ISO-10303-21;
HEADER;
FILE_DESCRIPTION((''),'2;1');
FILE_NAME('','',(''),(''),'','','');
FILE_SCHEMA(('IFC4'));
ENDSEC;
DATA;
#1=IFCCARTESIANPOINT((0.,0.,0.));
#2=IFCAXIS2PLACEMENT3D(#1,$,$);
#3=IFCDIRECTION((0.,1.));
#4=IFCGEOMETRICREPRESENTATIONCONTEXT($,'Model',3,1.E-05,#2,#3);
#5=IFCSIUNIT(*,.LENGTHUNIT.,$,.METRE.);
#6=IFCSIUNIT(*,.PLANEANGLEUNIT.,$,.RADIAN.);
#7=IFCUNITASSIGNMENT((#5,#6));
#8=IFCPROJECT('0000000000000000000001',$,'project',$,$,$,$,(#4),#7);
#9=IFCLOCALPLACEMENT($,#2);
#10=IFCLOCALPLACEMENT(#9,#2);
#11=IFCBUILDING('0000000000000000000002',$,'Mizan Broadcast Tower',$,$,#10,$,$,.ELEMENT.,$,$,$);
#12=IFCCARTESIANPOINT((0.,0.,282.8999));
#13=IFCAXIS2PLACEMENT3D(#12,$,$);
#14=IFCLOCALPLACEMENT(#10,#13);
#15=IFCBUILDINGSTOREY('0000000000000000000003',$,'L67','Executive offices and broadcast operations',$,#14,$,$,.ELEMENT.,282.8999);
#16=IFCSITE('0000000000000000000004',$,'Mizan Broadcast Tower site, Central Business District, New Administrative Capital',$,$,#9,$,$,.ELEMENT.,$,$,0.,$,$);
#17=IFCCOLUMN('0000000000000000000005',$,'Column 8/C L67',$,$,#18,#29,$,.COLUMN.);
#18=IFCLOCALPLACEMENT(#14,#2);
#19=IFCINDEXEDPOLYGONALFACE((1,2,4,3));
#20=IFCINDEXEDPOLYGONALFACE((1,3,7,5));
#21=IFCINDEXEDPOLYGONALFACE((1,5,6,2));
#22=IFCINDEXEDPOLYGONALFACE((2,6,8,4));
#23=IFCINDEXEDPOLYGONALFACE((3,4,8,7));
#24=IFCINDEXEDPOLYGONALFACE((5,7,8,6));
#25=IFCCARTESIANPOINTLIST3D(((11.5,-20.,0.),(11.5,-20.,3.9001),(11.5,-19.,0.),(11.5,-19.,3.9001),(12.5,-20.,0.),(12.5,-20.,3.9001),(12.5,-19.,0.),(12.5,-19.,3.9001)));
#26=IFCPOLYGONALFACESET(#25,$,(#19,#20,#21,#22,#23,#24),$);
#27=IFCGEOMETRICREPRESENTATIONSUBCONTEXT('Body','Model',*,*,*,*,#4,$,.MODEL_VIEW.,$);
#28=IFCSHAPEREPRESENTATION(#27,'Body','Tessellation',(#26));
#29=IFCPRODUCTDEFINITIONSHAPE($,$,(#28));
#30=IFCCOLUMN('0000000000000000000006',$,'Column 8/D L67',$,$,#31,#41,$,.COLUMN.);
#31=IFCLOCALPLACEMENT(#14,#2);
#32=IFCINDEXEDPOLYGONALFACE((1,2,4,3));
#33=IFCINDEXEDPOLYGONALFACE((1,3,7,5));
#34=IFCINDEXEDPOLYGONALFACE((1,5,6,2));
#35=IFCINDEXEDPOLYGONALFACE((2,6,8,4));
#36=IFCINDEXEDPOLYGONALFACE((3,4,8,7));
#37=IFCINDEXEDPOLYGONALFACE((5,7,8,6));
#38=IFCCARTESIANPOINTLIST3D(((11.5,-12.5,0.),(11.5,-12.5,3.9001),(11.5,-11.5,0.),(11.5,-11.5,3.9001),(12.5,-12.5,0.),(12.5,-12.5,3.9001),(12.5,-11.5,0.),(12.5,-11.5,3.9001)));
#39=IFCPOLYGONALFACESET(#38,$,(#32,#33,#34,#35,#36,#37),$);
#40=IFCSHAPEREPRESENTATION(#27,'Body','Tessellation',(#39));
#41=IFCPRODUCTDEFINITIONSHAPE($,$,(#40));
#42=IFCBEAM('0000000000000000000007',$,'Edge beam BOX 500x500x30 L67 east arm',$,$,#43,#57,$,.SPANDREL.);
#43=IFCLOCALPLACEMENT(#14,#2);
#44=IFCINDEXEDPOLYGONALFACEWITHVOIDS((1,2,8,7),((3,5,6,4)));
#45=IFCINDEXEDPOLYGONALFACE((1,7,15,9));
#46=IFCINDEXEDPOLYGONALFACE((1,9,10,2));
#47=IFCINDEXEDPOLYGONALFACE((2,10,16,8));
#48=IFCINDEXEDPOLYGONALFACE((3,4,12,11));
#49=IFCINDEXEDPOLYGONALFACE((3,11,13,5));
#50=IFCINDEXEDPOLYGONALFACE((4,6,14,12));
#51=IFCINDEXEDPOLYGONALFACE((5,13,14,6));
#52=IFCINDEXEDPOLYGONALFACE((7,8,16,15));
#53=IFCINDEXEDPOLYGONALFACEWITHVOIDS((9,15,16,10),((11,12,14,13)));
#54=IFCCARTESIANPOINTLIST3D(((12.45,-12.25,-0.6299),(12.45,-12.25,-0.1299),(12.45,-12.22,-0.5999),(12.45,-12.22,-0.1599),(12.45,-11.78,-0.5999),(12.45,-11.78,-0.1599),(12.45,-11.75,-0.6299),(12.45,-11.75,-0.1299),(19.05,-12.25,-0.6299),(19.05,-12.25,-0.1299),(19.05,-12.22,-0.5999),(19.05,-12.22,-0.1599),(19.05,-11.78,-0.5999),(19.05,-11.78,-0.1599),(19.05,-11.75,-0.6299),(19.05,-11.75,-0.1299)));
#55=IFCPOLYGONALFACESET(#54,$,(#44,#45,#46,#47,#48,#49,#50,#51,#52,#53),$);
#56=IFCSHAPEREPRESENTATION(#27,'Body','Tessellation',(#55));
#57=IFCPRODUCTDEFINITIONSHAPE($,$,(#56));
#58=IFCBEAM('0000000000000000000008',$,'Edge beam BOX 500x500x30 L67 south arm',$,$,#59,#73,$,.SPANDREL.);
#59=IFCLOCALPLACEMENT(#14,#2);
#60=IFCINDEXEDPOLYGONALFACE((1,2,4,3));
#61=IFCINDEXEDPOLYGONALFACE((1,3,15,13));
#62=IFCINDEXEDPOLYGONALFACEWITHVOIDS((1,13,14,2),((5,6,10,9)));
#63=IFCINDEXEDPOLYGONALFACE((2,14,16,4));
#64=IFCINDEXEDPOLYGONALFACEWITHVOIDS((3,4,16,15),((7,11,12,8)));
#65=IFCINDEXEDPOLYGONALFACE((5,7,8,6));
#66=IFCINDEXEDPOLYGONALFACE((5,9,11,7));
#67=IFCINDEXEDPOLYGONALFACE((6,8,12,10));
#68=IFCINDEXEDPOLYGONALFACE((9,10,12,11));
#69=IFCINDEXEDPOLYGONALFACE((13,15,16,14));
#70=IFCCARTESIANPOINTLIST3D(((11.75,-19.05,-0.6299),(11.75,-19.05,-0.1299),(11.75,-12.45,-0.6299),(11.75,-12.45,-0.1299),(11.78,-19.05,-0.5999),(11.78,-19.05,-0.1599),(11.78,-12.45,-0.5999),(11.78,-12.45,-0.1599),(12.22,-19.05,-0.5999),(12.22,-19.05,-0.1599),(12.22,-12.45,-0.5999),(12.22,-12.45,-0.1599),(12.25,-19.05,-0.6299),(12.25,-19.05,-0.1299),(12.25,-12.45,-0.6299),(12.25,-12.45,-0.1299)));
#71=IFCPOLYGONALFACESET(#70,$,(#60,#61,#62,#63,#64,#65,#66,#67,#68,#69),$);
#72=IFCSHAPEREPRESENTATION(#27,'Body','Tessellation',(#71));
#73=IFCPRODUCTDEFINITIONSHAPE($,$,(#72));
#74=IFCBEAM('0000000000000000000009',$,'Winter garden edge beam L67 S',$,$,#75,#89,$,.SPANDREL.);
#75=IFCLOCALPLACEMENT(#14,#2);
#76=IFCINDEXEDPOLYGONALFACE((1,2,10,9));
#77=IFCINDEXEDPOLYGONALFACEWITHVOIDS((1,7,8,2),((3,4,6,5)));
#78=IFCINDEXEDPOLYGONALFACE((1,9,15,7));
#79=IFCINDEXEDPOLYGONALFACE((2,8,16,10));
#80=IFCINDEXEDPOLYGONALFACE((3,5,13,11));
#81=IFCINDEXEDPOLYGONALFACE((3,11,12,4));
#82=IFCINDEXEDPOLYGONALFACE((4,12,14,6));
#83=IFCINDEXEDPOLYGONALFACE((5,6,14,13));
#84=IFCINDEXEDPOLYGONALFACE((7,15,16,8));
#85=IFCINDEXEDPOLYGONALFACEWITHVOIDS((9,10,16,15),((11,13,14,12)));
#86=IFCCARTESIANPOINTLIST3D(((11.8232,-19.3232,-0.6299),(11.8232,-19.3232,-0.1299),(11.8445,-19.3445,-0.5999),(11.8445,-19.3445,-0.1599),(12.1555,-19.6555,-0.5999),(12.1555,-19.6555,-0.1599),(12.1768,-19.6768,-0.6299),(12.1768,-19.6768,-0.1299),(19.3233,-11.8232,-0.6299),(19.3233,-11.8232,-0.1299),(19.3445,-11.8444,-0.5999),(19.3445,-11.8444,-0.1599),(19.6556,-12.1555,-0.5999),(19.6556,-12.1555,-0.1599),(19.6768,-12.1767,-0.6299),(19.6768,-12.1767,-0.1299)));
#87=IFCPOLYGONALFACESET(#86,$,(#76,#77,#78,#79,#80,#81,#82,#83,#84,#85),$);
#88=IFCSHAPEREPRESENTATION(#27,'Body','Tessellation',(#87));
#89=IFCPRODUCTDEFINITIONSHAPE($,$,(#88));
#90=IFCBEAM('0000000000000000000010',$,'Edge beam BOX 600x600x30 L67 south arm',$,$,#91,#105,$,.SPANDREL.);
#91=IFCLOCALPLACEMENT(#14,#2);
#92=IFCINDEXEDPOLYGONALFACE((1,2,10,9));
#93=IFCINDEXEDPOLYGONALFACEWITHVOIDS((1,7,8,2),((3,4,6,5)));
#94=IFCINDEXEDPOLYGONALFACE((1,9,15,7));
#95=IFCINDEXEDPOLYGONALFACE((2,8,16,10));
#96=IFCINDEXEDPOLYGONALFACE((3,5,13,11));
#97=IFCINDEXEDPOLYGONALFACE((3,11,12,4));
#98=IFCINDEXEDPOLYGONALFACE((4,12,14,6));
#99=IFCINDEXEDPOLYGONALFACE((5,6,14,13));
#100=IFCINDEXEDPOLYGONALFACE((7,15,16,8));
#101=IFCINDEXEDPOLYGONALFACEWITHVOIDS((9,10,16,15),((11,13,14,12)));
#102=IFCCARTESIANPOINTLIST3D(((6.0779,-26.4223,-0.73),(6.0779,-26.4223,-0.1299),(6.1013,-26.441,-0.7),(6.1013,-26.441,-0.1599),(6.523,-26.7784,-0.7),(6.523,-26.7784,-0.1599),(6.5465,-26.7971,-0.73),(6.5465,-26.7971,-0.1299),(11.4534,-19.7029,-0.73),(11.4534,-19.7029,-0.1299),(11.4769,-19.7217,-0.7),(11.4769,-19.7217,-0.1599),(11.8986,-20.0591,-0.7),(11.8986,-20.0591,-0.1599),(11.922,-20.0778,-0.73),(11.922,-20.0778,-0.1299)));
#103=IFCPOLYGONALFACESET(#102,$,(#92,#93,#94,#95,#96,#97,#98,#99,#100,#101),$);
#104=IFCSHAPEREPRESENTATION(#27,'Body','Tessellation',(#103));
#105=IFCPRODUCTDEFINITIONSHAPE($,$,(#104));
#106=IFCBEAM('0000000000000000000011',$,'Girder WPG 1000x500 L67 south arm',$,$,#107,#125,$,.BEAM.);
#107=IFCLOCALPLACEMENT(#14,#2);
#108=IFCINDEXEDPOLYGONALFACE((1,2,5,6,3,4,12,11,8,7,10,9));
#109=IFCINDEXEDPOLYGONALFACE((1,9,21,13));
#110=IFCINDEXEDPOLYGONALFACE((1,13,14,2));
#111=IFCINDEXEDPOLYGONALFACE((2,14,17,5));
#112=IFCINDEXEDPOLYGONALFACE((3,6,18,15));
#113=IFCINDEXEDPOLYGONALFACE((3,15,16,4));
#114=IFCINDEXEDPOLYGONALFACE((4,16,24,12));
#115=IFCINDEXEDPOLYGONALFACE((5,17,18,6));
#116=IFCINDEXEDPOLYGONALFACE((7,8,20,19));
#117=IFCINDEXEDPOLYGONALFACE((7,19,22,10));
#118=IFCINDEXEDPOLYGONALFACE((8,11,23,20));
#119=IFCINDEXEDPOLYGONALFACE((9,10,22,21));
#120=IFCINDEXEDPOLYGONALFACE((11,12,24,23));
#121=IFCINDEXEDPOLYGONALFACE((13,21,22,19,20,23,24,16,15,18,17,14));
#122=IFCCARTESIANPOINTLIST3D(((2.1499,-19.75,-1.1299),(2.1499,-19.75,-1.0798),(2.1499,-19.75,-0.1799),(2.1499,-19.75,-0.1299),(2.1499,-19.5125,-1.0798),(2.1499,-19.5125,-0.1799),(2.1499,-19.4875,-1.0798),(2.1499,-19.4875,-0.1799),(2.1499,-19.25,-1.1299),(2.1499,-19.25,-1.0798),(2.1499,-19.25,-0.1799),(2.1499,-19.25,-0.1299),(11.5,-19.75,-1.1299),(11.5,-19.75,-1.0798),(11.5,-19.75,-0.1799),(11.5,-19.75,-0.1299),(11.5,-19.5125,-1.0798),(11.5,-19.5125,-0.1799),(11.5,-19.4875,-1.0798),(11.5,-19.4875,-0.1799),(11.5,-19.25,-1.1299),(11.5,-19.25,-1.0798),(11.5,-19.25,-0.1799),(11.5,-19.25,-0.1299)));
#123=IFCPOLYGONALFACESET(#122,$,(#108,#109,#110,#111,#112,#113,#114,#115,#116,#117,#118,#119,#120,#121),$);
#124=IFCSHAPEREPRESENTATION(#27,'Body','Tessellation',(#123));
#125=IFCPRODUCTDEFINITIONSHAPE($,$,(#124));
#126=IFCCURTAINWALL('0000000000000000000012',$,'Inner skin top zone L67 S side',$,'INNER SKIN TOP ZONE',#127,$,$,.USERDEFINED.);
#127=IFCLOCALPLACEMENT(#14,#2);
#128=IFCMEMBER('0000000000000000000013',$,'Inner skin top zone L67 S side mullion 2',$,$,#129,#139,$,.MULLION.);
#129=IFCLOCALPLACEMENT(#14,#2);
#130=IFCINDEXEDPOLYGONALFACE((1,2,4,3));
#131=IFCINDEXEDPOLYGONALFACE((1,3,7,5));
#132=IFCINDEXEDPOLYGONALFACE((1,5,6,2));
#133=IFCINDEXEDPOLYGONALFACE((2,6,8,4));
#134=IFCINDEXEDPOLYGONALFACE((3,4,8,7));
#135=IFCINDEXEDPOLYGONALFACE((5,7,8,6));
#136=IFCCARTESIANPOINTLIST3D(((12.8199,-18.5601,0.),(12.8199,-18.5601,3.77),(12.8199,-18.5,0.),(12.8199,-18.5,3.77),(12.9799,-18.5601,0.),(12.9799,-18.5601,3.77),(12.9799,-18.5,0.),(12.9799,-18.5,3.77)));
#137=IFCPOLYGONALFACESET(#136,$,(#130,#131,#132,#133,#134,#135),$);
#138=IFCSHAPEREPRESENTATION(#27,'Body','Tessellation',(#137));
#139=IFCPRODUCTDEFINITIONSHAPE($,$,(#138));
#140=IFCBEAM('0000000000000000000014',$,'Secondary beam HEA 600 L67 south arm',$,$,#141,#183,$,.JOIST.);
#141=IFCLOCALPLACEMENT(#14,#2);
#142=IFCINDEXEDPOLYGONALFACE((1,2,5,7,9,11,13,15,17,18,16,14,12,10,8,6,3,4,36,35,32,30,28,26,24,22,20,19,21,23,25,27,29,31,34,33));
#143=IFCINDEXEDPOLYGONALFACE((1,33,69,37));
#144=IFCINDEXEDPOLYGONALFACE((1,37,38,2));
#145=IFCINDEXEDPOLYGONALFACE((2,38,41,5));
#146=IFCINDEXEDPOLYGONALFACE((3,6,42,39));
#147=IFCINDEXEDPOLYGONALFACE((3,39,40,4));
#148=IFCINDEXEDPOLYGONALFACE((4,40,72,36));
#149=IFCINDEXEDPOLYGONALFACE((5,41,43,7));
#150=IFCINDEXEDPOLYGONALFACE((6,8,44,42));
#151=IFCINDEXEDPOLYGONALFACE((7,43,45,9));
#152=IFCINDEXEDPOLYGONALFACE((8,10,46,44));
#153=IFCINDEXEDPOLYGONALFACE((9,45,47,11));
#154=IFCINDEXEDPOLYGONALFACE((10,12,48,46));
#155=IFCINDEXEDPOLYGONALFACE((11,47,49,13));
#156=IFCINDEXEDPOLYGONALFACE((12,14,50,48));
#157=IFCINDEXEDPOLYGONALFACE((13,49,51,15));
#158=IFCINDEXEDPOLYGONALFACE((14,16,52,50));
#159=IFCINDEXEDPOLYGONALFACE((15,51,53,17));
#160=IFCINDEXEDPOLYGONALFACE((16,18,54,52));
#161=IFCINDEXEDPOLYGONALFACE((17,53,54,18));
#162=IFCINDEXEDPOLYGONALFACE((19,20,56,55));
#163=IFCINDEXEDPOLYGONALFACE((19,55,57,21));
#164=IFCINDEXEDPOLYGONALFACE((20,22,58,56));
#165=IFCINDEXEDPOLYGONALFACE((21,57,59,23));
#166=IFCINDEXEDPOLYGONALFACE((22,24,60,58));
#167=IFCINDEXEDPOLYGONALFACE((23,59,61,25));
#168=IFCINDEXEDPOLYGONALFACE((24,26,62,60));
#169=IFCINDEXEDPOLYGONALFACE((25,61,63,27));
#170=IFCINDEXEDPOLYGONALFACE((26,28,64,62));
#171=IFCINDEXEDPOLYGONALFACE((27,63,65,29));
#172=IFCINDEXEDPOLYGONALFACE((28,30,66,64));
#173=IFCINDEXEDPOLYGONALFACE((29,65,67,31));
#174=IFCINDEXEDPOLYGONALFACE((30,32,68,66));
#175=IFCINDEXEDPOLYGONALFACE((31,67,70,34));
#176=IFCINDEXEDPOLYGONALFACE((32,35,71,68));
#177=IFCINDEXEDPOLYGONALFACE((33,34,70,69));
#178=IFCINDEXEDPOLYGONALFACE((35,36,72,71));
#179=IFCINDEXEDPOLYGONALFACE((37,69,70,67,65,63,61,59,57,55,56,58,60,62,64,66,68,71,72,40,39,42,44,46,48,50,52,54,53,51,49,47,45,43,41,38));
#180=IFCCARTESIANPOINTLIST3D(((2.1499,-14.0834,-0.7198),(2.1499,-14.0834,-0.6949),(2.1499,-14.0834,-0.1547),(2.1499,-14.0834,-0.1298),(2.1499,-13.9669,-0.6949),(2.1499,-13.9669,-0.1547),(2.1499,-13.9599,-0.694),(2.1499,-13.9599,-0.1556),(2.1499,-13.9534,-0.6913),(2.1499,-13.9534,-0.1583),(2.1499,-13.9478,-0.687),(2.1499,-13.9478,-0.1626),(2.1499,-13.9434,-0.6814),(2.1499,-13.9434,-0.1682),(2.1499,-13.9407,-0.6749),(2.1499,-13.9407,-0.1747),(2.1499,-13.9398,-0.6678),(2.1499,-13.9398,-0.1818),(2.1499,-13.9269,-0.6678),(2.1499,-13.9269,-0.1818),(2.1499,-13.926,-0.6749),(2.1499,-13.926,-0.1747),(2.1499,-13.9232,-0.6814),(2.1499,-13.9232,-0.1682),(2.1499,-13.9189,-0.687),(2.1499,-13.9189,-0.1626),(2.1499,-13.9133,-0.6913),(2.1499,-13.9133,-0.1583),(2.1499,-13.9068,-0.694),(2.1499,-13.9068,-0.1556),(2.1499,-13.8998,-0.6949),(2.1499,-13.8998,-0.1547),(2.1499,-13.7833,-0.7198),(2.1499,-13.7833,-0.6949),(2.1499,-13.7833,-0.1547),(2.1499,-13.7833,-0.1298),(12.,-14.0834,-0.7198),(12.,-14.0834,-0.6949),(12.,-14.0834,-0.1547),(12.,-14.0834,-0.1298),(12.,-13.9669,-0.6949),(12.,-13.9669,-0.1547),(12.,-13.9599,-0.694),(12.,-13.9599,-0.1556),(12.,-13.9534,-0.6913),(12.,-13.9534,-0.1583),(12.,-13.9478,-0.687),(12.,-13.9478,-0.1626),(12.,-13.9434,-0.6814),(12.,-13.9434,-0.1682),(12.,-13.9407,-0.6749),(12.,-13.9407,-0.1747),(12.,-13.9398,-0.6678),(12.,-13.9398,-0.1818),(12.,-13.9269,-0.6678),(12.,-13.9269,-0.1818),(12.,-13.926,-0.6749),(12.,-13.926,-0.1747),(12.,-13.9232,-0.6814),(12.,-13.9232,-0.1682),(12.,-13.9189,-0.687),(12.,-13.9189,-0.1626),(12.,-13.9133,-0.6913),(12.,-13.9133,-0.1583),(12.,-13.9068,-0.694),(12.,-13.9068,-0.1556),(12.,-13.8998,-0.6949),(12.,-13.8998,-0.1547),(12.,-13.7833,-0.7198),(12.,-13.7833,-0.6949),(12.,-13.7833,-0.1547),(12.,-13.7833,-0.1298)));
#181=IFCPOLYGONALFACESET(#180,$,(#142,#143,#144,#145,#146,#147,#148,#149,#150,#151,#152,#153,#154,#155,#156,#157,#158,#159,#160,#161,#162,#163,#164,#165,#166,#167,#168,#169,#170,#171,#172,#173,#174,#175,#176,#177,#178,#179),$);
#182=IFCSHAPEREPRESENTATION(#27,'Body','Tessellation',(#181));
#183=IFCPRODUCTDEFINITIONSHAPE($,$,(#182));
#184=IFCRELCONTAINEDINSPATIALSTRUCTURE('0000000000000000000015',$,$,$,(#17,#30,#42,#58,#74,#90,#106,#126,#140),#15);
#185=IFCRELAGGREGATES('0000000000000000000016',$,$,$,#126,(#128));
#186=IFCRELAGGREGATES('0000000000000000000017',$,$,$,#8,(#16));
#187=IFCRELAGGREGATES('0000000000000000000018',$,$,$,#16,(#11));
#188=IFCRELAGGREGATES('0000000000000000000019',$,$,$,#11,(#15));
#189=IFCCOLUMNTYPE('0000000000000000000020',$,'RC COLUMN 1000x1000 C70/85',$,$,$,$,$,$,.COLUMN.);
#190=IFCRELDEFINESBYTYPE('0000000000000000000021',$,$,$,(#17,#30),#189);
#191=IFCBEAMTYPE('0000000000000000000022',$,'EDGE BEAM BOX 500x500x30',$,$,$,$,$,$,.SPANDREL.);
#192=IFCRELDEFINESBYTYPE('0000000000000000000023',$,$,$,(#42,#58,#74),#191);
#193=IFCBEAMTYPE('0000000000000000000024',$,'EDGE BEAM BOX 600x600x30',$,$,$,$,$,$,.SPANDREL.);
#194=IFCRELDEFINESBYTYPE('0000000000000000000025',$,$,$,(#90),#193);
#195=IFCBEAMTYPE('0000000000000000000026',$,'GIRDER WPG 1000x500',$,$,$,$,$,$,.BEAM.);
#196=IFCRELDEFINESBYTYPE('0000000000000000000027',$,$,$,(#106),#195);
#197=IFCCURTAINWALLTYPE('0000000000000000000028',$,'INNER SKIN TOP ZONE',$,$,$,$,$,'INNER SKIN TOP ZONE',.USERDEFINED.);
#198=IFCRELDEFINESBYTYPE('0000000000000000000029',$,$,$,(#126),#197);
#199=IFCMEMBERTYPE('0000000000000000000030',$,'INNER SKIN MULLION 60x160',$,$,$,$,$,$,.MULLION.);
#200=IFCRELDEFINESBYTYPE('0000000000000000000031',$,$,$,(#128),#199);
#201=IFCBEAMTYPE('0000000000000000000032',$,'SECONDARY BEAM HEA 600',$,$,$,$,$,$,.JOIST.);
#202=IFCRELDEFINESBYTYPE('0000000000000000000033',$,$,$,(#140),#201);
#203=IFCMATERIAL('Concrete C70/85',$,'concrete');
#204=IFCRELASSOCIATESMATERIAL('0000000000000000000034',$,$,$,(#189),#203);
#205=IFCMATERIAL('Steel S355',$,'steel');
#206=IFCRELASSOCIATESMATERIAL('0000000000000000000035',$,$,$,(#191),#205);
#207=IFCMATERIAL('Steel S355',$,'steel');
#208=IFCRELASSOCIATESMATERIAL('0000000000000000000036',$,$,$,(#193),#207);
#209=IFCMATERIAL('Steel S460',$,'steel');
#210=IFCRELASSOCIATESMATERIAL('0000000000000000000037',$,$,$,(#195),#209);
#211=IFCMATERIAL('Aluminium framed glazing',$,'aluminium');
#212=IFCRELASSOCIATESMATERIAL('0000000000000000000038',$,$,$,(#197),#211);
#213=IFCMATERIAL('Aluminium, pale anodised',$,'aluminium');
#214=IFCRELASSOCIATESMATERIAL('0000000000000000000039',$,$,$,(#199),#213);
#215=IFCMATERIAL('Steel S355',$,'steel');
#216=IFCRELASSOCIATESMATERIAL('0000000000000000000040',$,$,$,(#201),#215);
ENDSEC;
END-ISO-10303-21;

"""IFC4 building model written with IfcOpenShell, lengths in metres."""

from ifc_helpers import new_model, si_unit, direction, frame, origin, origin_2d, place, context, subcontext, project, spatial, rectangle, hollow_rectangle, i_section, extrude, material, material_profile, profile_set, type_object, element, aggregate, save


model = new_model("IFC4")

# Units and contexts
model_context = context("Model", 3, precision=1e-05, world=origin(), true_north=direction((0.0, 1.0)))
body_context = subcontext(model_context, "Body", "Model", "MODEL_VIEW")
ifc_project = project(units=[si_unit("LENGTHUNIT", "METRE"), si_unit("PLANEANGLEUNIT", "RADIAN")], contexts=[model_context])

# Site, building, storey
site_placement = place(None, origin())
site = spatial("IfcSite", under=ifc_project, at=site_placement, Name="Mizan Broadcast Tower site, Central Business District, New Administrative Capital", CompositionType="ELEMENT", RefElevation=0.0)
building_placement = place(site_placement, origin())
building = spatial("IfcBuilding", under=site, at=building_placement, Name="Mizan Broadcast Tower", CompositionType="ELEMENT")
storey_placement = place(building_placement, frame((0.0, 0.0, 282.8999)))
storey = spatial("IfcBuildingStorey", under=building, at=storey_placement, Name="L67", Description="Executive offices and broadcast operations", CompositionType="ELEMENT", Elevation=282.8999)

# Columns
ifc_material_1 = material(Name="Concrete C70/85", Category="concrete")
ifc_material_profile_1 = material_profile(ifc_material_1, rectangle(XDim=1.0, YDim=1.0, at=origin_2d()), Name="RC 1000x1000")
ifc_profile_set_1 = profile_set([ifc_material_profile_1], Name="Concrete C70/85")
column_type = type_object("IfcColumnType", Name="RC COLUMN 1000x1000 C70/85", PredefinedType="COLUMN", material=ifc_profile_set_1)
for number, where, z_axis, x_axis, name in (
    (1, (12.0, -19.5, 0.0), (0.0, 0.0, 1.0), (1.0, 0.0, 0.0), "Column 8/C L67"),
    (2, (12.0, -12.0, 0.0), (0.0, 0.0, 1.0), (1.0, 0.0, 0.0), "Column 8/D L67"),
):
    element("IfcColumn", number, at=place(storey_placement, frame(where, z_axis=z_axis, x_axis=x_axis)), inside=storey, type_object=column_type, Name=name, PredefinedType="COLUMN", context=body_context, shape_type="SweptSolid", body=[
        extrude(rectangle(XDim=1.0, YDim=1.0, at=origin_2d()), origin(), (0.0, 0.0, 1.0), 3.9001),
    ])

# Beams
ifc_material_2 = material(Name="Steel S355", Category="steel")
ifc_material_profile_2 = material_profile(ifc_material_2, hollow_rectangle(XDim=0.5, YDim=0.5, WallThickness=0.03, at=origin_2d()), Name="BOX 500x500x30")
ifc_profile_set_2 = profile_set([ifc_material_profile_2], Name="Steel S355")
beam_type_1 = type_object("IfcBeamType", Name="EDGE BEAM BOX 500x500x30", PredefinedType="SPANDREL", material=ifc_profile_set_2)
for number, where, z_axis, x_axis, name in (
    (3, (12.45, -12.0, -0.3799), (1.0, 0.0, 0.0), (0.0, 1.0, 0.0), "Edge beam BOX 500x500x30 L67 east arm"),
    (4, (12.0, -12.45, -0.3799), (0.0, -1.0, 0.0), (1.0, 0.0, 0.0), "Edge beam BOX 500x500x30 L67 south arm"),
):
    element("IfcBeam", number, at=place(storey_placement, frame(where, z_axis=z_axis, x_axis=x_axis)), inside=storey, type_object=beam_type_1, Name=name, PredefinedType="SPANDREL", context=body_context, shape_type="SweptSolid", body=[
        extrude(hollow_rectangle(XDim=0.5, YDim=0.5, WallThickness=0.03, at=origin_2d()), origin(), (0.0, 0.0, 1.0), 6.6001),
    ])
beam_1_placement = place(storey_placement, frame((12.0, -19.5, -0.3799), z_axis=(0.707107, 0.707107, 0.0), x_axis=(-0.707107, 0.707107, 0.0)))
element("IfcBeam", 5, at=beam_1_placement, inside=storey, type_object=beam_type_1, Name="Winter garden edge beam L67 S", PredefinedType="SPANDREL", context=body_context, shape_type="SweptSolid", body=[
    extrude(hollow_rectangle(XDim=0.5, YDim=0.5, WallThickness=0.03, at=origin_2d()), origin(), (0.0, 0.0, 1.0), 10.6067),
])
ifc_material_3 = material(Name="Steel S355", Category="steel")
ifc_material_profile_3 = material_profile(ifc_material_3, hollow_rectangle(XDim=0.6001, YDim=0.6001, WallThickness=0.03, at=origin_2d()), Name="BOX 600x600x30")
ifc_profile_set_3 = profile_set([ifc_material_profile_3], Name="Steel S355")
beam_type_2 = type_object("IfcBeamType", Name="EDGE BEAM BOX 600x600x30", PredefinedType="SPANDREL", material=ifc_profile_set_3)
beam_2_placement = place(storey_placement, frame((11.6877, -19.8904, -0.4299), z_axis=(-0.624702, -0.780863, 0.0), x_axis=(0.780863, -0.624702, 0.0)))
element("IfcBeam", 6, at=beam_2_placement, inside=storey, type_object=beam_type_2, Name="Edge beam BOX 600x600x30 L67 south arm", PredefinedType="SPANDREL", context=body_context, shape_type="SweptSolid", body=[
    extrude(hollow_rectangle(XDim=0.6001, YDim=0.6001, WallThickness=0.03, at=origin_2d()), origin(), (0.0, 0.0, 1.0), 8.605),
])
ifc_material_4 = material(Name="Steel S460", Category="steel")
ifc_material_profile_4 = material_profile(ifc_material_4, i_section(OverallWidth=0.5, OverallDepth=1.0, WebThickness=0.0249, FlangeThickness=0.05, at=origin_2d()), Name="WPG 1000x500")
ifc_profile_set_4 = profile_set([ifc_material_profile_4], Name="Steel S460")
beam_type_3 = type_object("IfcBeamType", Name="GIRDER WPG 1000x500", PredefinedType="BEAM", material=ifc_profile_set_4)
beam_3_placement = place(storey_placement, frame((11.5, -19.5, -0.6299), z_axis=(-1.0, 0.0, 0.0), x_axis=(0.0, -1.0, 0.0)))
element("IfcBeam", 7, at=beam_3_placement, inside=storey, type_object=beam_type_3, Name="Girder WPG 1000x500 L67 south arm", PredefinedType="BEAM", context=body_context, shape_type="SweptSolid", body=[
    extrude(i_section(OverallWidth=0.5, OverallDepth=1.0, WebThickness=0.0249, FlangeThickness=0.05, at=origin_2d()), origin(), (0.0, 0.0, 1.0), 9.3501),
])

# Curtain wall, member
ifc_material_5 = material(Name="Aluminium framed glazing", Category="aluminium")
curtain_wall_type = type_object("IfcCurtainWallType", Name="INNER SKIN TOP ZONE", ElementType="INNER SKIN TOP ZONE", PredefinedType="USERDEFINED", material=ifc_material_5)
curtain_wall_placement = place(storey_placement, origin())
curtain_wall = element("IfcCurtainWall", 8, at=curtain_wall_placement, inside=storey, type_object=curtain_wall_type, Name="Inner skin top zone L67 S side", ObjectType="INNER SKIN TOP ZONE", PredefinedType="USERDEFINED")
ifc_material_6 = material(Name="Aluminium, pale anodised", Category="aluminium")
ifc_material_profile_5 = material_profile(ifc_material_6, rectangle(XDim=0.1599, YDim=0.0601, at=origin_2d()), Name="MULLION 160x60")
ifc_profile_set_5 = profile_set([ifc_material_profile_5], Name="Aluminium, pale anodised")
member_type = type_object("IfcMemberType", Name="INNER SKIN MULLION 60x160", PredefinedType="MULLION", material=ifc_profile_set_5)
member_placement = place(storey_placement, frame((12.8999, -18.53, 0.0), z_axis=(0.0, 0.0, 1.0), x_axis=(-1.0, 0.0, 0.0)))
member = element("IfcMember", 9, at=member_placement, type_object=member_type, Name="Inner skin top zone L67 S side mullion 2", PredefinedType="MULLION", context=body_context, shape_type="SweptSolid", body=[
    extrude(rectangle(XDim=0.1599, YDim=0.0601, at=origin_2d()), origin(), (0.0, 0.0, 1.0), 3.77),
])

# Beam
ifc_material_7 = material(Name="Steel S355", Category="steel")
ifc_material_profile_6 = material_profile(ifc_material_7, i_section(OverallWidth=0.3, OverallDepth=0.5901, WebThickness=0.0129, FlangeThickness=0.0249, FilletRadius=0.0271, at=origin_2d()), Name="HEA 600")
ifc_profile_set_6 = profile_set([ifc_material_profile_6], Name="Steel S355")
beam_type_4 = type_object("IfcBeamType", Name="SECONDARY BEAM HEA 600", PredefinedType="JOIST", material=ifc_profile_set_6)
for number, where, z_axis, x_axis, name in (
    (10, (12.0, -13.9333, -0.4248), (-1.0, 0.0, 0.0), (0.0, -1.0, 0.0), "Secondary beam HEA 600 L67 south arm"),
):
    element("IfcBeam", number, at=place(storey_placement, frame(where, z_axis=z_axis, x_axis=x_axis)), inside=storey, type_object=beam_type_4, Name=name, PredefinedType="JOIST", context=body_context, shape_type="SweptSolid", body=[
        extrude(i_section(OverallWidth=0.3, OverallDepth=0.5901, WebThickness=0.0129, FlangeThickness=0.0249, FilletRadius=0.0271, at=origin_2d()), origin(), (0.0, 0.0, 1.0), 9.8501),
    ])

aggregate(curtain_wall, [member])

save(model, "model.ifc")
